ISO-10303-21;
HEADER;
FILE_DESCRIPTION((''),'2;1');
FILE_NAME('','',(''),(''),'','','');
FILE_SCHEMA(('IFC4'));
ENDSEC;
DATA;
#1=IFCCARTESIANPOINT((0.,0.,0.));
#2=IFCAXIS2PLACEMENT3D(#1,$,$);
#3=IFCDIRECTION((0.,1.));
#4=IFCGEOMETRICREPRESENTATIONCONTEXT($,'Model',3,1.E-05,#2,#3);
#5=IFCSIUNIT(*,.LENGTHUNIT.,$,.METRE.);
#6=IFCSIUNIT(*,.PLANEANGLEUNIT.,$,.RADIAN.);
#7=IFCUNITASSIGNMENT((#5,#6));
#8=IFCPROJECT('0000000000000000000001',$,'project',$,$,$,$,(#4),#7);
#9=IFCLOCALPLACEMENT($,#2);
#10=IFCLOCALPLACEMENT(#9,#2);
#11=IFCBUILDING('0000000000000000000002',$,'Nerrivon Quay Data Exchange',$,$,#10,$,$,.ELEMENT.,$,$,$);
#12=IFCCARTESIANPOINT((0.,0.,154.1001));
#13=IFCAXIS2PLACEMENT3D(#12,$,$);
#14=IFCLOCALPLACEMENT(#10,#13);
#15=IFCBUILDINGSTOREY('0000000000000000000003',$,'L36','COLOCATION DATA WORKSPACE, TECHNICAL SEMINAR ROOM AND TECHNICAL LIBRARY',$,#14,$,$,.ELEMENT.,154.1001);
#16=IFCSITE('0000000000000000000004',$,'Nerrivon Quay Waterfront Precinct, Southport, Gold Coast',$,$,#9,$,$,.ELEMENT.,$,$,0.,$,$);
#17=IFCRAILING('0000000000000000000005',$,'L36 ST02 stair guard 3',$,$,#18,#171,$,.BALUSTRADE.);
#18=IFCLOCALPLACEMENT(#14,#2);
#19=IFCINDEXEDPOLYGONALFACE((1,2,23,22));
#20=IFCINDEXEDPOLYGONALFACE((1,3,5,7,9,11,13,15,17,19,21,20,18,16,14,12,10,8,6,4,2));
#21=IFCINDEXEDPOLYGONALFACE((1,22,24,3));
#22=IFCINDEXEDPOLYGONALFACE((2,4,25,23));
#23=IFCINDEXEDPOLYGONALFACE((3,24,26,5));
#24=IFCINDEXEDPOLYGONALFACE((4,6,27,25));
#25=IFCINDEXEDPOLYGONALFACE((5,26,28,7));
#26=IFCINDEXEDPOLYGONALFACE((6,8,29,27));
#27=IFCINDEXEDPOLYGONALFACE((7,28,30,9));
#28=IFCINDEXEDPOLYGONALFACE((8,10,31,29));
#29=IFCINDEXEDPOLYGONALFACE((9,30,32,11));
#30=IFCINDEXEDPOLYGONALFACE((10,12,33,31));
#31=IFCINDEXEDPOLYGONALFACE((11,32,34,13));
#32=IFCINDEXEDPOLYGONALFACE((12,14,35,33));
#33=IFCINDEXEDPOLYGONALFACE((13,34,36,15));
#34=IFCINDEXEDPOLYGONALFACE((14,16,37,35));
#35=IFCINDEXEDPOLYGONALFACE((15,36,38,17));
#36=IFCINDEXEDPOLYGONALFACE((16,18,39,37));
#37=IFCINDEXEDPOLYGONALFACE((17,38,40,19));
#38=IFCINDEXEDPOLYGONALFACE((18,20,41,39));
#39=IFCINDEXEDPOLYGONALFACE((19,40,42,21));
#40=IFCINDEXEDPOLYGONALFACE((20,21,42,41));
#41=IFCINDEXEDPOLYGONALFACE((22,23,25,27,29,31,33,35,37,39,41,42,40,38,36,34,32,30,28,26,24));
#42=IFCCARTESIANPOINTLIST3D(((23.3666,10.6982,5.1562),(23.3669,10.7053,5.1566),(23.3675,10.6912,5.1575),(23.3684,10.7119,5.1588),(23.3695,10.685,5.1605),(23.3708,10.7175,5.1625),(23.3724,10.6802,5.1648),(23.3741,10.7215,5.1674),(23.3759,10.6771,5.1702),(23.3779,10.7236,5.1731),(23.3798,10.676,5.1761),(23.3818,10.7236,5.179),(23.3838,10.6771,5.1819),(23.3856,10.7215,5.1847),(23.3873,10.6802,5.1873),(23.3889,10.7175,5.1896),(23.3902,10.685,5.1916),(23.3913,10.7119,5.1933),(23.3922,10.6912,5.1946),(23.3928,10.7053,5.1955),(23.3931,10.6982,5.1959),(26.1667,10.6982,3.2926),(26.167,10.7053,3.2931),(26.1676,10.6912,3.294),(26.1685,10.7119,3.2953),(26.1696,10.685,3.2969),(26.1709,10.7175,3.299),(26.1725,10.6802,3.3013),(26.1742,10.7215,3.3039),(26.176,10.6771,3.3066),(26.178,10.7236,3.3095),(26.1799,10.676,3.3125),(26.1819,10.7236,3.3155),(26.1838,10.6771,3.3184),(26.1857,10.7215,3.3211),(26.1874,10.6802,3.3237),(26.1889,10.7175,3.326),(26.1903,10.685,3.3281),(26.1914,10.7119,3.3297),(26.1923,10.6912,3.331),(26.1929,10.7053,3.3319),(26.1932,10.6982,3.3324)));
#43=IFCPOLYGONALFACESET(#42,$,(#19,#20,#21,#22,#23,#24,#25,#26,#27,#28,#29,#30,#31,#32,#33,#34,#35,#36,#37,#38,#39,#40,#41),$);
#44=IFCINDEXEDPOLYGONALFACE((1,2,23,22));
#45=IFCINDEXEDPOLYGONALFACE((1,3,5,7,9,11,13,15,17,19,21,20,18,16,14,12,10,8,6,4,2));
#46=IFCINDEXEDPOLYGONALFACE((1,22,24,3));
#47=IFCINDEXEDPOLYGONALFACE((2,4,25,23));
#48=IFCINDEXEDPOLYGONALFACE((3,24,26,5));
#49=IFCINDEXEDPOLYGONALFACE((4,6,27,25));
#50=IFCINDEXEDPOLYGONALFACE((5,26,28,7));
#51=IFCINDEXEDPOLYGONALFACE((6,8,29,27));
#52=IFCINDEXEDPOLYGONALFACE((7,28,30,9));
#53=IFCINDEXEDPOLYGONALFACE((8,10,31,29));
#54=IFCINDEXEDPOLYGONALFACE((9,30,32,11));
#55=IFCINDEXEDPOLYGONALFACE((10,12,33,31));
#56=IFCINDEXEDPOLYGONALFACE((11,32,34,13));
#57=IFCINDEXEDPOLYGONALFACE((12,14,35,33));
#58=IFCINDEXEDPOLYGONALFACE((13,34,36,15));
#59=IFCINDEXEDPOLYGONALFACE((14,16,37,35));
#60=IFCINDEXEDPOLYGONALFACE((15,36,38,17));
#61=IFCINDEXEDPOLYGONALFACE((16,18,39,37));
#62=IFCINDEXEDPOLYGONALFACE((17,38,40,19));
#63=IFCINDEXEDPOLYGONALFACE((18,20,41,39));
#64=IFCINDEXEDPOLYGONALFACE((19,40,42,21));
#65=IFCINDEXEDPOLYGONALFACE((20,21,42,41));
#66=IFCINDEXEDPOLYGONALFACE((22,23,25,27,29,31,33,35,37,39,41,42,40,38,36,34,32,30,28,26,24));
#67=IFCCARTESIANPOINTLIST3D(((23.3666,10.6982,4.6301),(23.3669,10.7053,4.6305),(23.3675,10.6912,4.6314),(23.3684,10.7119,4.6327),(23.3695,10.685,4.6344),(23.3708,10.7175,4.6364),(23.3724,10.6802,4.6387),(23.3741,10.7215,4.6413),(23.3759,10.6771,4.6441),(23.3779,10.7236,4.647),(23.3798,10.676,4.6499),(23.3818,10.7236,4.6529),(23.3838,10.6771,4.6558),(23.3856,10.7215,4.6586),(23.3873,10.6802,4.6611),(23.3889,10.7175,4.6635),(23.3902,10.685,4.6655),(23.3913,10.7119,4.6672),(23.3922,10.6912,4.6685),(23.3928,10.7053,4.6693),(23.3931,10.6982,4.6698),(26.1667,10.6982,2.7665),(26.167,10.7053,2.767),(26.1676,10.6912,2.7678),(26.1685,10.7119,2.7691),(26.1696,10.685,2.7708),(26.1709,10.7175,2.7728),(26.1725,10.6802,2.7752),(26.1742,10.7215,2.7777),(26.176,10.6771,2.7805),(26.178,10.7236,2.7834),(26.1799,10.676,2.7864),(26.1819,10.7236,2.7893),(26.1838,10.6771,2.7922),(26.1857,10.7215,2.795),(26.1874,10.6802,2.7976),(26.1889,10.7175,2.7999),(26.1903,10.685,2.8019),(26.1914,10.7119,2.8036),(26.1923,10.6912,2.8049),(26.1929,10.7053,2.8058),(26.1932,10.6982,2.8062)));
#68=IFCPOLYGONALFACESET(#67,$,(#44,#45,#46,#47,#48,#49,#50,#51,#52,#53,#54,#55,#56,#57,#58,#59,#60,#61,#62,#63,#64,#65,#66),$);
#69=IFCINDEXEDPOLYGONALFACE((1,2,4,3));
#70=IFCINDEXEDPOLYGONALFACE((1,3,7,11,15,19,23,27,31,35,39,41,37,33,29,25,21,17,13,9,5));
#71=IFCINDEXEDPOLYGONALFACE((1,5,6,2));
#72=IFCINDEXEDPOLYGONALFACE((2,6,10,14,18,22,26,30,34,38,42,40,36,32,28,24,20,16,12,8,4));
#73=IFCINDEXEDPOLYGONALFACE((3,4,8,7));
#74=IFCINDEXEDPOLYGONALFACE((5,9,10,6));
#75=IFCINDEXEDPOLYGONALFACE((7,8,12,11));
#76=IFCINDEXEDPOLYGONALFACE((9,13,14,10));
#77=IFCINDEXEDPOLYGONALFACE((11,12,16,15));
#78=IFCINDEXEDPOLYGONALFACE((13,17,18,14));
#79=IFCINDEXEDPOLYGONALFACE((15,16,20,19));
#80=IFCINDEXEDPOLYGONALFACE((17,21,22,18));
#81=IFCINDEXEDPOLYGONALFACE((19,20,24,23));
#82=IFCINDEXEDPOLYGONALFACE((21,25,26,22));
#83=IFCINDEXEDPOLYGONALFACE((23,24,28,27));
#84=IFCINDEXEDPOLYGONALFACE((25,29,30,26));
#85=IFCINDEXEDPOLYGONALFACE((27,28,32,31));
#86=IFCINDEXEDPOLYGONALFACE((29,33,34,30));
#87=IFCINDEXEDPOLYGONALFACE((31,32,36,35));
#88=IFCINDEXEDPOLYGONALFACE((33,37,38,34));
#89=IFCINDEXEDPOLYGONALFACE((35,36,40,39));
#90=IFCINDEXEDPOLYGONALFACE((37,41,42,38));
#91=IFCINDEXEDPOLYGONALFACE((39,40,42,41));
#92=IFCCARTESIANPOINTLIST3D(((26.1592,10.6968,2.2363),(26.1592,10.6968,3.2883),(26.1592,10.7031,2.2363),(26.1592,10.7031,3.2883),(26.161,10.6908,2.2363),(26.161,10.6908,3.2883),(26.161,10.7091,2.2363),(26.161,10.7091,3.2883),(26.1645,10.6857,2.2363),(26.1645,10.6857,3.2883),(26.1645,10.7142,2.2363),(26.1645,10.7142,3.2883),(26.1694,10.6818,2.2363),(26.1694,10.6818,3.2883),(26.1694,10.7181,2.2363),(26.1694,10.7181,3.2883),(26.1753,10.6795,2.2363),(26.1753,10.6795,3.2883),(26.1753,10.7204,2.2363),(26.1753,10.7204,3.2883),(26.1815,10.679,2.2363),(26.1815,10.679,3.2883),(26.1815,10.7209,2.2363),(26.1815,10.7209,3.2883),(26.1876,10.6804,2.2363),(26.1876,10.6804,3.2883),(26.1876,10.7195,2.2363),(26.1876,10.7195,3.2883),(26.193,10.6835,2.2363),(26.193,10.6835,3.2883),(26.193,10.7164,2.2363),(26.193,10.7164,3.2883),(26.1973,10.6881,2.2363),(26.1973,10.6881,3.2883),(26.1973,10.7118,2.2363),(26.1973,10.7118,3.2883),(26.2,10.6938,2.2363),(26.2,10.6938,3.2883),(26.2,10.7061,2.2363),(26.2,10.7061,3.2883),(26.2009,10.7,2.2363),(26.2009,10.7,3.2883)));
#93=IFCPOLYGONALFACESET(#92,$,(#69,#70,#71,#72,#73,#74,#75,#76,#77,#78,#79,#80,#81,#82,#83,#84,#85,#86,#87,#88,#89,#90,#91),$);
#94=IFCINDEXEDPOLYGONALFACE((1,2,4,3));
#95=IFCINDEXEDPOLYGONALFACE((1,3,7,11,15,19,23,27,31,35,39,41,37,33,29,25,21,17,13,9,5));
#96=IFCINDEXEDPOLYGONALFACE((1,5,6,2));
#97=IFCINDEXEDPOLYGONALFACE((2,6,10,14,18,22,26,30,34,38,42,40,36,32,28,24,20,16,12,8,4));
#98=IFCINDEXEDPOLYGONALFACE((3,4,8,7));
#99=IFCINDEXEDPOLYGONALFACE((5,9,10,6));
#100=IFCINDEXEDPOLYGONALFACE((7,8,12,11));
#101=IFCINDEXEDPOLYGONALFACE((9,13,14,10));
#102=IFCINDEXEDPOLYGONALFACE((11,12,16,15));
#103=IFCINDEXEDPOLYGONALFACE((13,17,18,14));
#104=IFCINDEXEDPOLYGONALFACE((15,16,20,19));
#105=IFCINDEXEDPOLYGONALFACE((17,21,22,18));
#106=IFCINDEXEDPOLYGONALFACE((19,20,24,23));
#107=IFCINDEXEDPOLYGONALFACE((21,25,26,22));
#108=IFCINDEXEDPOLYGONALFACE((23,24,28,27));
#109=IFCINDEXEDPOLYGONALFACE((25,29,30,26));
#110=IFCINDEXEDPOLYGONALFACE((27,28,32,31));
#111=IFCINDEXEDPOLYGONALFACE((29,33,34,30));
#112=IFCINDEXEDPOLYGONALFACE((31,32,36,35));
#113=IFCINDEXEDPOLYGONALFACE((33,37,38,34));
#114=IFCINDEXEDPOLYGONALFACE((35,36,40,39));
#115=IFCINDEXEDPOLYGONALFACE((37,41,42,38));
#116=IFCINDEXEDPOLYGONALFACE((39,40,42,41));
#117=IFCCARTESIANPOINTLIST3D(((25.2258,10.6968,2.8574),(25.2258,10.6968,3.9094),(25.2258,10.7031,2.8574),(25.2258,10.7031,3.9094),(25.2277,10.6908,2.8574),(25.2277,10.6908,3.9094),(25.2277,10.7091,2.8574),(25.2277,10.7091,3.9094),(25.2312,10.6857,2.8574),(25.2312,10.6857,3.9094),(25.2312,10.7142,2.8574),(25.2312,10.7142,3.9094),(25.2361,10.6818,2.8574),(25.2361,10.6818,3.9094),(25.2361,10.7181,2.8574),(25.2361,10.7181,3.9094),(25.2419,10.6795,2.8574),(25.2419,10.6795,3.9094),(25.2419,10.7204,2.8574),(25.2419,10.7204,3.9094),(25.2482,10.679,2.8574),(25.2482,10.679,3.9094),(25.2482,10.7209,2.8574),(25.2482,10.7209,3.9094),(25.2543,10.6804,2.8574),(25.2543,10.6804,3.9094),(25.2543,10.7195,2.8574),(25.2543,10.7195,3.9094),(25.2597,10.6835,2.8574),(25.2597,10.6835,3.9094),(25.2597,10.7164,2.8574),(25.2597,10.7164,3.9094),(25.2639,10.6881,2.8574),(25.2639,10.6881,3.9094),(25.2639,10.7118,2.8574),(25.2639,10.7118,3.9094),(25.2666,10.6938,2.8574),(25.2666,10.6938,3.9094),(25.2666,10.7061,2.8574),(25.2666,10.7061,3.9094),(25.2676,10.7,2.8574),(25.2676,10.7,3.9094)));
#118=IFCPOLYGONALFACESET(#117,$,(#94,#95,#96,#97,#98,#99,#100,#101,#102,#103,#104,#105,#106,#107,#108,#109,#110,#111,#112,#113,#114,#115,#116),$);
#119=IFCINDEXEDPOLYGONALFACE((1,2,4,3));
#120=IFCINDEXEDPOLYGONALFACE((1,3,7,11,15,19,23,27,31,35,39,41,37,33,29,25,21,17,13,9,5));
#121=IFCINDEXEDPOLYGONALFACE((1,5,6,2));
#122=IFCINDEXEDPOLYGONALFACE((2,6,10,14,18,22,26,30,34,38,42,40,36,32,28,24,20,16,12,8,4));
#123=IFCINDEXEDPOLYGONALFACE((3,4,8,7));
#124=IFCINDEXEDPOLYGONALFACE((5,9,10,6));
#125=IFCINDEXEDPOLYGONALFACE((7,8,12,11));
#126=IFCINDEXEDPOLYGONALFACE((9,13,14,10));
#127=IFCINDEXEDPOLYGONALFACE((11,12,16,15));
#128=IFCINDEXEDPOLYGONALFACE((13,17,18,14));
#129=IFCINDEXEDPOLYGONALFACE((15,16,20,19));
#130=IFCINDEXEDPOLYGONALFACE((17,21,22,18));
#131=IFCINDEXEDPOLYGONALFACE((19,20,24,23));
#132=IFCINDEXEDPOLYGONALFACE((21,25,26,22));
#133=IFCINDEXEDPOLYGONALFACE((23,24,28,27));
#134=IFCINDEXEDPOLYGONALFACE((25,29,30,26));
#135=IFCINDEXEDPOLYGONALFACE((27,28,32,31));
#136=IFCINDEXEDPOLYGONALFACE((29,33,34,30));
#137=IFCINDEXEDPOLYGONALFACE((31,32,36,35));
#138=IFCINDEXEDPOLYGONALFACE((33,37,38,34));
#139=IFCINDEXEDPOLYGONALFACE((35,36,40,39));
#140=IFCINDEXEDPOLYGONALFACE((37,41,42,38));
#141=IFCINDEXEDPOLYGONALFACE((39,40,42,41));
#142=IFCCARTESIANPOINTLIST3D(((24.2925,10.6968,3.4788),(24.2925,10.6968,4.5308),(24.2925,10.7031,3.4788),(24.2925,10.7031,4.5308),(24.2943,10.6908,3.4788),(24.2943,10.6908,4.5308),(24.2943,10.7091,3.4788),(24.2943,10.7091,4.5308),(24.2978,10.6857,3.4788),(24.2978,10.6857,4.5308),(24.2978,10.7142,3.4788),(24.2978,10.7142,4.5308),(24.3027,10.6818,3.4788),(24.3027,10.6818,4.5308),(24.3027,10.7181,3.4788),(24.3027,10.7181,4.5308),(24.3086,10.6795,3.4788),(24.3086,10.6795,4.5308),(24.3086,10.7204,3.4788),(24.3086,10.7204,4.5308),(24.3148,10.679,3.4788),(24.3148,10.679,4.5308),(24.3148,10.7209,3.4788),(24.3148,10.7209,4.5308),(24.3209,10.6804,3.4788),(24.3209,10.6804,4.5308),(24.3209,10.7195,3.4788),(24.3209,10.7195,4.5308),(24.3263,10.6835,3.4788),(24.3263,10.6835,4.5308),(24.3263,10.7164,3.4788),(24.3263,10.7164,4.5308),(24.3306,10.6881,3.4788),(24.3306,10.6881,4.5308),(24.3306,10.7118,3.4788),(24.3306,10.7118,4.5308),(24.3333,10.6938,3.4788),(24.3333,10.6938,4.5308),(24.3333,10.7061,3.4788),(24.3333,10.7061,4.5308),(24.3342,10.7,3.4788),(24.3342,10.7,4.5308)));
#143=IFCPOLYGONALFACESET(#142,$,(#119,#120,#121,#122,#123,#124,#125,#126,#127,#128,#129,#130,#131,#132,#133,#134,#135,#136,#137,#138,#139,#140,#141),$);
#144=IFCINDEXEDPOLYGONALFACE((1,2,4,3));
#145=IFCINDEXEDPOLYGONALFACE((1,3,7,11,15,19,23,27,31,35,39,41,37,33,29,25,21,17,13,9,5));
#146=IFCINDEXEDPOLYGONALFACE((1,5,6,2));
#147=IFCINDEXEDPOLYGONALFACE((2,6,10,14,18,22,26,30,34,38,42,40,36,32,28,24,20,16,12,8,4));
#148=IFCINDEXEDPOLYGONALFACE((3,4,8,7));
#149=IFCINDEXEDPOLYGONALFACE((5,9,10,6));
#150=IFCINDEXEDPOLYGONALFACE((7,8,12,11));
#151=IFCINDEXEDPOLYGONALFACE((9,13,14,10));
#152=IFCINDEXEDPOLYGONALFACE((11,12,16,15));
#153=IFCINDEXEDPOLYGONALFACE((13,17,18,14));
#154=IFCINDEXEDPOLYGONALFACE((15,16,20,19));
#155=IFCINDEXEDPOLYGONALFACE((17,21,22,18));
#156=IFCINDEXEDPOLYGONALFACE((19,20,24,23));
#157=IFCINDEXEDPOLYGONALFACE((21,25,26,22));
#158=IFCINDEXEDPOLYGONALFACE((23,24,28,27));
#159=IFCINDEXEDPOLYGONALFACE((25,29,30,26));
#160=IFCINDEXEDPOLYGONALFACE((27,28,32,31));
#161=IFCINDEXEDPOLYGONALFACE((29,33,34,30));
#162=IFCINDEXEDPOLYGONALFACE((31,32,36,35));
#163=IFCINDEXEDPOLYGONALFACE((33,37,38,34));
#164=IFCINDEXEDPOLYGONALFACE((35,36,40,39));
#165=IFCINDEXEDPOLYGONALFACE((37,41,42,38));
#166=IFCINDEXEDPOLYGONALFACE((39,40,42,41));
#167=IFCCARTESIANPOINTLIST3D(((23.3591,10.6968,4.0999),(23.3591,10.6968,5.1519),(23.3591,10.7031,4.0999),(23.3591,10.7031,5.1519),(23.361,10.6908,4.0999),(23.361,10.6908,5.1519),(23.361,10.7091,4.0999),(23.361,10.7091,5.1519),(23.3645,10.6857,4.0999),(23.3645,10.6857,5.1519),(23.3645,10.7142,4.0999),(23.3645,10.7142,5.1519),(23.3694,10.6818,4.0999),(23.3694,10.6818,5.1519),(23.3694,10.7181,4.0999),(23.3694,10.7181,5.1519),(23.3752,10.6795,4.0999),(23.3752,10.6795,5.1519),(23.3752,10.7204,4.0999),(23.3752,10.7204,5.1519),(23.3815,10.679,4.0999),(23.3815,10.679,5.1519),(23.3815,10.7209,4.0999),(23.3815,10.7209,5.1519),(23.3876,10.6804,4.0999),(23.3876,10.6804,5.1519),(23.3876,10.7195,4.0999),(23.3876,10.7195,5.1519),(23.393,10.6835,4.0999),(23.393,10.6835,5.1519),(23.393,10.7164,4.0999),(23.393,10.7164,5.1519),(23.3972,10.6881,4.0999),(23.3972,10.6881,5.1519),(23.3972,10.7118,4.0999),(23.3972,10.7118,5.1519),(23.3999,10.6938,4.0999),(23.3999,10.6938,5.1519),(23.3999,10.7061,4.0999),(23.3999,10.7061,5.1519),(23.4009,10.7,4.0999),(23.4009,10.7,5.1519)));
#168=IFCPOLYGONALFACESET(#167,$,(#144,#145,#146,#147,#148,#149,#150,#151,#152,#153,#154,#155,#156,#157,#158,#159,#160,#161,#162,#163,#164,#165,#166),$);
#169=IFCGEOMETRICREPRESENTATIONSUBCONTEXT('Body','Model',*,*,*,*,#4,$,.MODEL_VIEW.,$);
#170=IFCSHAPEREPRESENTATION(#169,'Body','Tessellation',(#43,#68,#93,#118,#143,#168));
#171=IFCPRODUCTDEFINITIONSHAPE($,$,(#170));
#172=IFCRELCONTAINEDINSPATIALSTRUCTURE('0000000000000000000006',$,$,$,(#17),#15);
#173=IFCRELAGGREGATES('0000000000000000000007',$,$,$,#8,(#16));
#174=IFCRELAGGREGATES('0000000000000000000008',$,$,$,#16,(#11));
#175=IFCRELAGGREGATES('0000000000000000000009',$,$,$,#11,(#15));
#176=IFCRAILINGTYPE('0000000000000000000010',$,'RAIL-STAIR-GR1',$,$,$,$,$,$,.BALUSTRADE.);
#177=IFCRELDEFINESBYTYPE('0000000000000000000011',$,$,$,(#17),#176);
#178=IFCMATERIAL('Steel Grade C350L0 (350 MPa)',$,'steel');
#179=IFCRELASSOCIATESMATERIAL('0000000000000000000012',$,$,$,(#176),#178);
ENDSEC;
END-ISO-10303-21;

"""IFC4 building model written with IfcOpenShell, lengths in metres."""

from ifc_helpers import new_model, si_unit, direction, frame, origin, origin_2d, place, context, subcontext, project, spatial, circle, extrude, material, type_object, element, save


model = new_model("IFC4")

# Units and contexts
model_context = context("Model", 3, precision=1e-05, world=origin(), true_north=direction((0.0, 1.0)))
body_context = subcontext(model_context, "Body", "Model", "MODEL_VIEW")
ifc_project = project(units=[si_unit("LENGTHUNIT", "METRE"), si_unit("PLANEANGLEUNIT", "RADIAN")], contexts=[model_context])

# Site, building, storey
site_placement = place(None, origin())
site = spatial("IfcSite", under=ifc_project, at=site_placement, Name="Nerrivon Quay Waterfront Precinct, Southport, Gold Coast", CompositionType="ELEMENT", RefElevation=0.0)
building_placement = place(site_placement, origin())
building = spatial("IfcBuilding", under=site, at=building_placement, Name="Nerrivon Quay Data Exchange", CompositionType="ELEMENT")
storey_placement = place(building_placement, frame((0.0, 0.0, 154.1001)))
storey = spatial("IfcBuildingStorey", under=building, at=storey_placement, Name="L36", Description="COLOCATION DATA WORKSPACE, TECHNICAL SEMINAR ROOM AND TECHNICAL LIBRARY", CompositionType="ELEMENT", Elevation=154.1001)

# Railing
ifc_material_1 = material(Name="Steel Grade C350L0 (350 MPa)", Category="steel")
railing_type_1 = type_object("IfcRailingType", Name="RAIL-STAIR-GR1", PredefinedType="BALUSTRADE", material=ifc_material_1)
railing_1_placement = place(storey_placement, frame((26.1799, 10.7, 2.2363)))
element("IfcRailing", 1, at=railing_1_placement, inside=storey, type_object=railing_type_1, Name="L36 ST02 stair guard 3", PredefinedType="BALUSTRADE", context=body_context, shape_type="SweptSolid", body=[
    extrude(circle(Radius=0.0239, at=origin_2d()), frame((0.0, 0.0, 1.0762), z_axis=(-0.832486, 0.0, 0.554047), x_axis=(0.0, -1.0, 0.0)), (0.0, 0.0, 1.0), 3.3635),
    extrude(circle(Radius=0.0239, at=origin_2d()), frame((0.0, 0.0, 0.55), z_axis=(-0.832486, 0.0, 0.554047), x_axis=(0.0, -1.0, 0.0)), (0.0, 0.0, 1.0), 3.3635),
    extrude(circle(Radius=0.021, at=origin_2d()), origin(), (0.0, 0.0, 1.0), 1.052),
    extrude(circle(Radius=0.021, at=origin_2d()), frame((-0.9333, 0.0, 0.6211)), (0.0, 0.0, 1.0), 1.052),
    extrude(circle(Radius=0.021, at=origin_2d()), frame((-1.8667, 0.0, 1.2424)), (0.0, 0.0, 1.0), 1.052),
    extrude(circle(Radius=0.021, at=origin_2d()), frame((-2.8, 0.0, 1.8635)), (0.0, 0.0, 1.0), 1.052),
])

save(model, "model.ifc")
